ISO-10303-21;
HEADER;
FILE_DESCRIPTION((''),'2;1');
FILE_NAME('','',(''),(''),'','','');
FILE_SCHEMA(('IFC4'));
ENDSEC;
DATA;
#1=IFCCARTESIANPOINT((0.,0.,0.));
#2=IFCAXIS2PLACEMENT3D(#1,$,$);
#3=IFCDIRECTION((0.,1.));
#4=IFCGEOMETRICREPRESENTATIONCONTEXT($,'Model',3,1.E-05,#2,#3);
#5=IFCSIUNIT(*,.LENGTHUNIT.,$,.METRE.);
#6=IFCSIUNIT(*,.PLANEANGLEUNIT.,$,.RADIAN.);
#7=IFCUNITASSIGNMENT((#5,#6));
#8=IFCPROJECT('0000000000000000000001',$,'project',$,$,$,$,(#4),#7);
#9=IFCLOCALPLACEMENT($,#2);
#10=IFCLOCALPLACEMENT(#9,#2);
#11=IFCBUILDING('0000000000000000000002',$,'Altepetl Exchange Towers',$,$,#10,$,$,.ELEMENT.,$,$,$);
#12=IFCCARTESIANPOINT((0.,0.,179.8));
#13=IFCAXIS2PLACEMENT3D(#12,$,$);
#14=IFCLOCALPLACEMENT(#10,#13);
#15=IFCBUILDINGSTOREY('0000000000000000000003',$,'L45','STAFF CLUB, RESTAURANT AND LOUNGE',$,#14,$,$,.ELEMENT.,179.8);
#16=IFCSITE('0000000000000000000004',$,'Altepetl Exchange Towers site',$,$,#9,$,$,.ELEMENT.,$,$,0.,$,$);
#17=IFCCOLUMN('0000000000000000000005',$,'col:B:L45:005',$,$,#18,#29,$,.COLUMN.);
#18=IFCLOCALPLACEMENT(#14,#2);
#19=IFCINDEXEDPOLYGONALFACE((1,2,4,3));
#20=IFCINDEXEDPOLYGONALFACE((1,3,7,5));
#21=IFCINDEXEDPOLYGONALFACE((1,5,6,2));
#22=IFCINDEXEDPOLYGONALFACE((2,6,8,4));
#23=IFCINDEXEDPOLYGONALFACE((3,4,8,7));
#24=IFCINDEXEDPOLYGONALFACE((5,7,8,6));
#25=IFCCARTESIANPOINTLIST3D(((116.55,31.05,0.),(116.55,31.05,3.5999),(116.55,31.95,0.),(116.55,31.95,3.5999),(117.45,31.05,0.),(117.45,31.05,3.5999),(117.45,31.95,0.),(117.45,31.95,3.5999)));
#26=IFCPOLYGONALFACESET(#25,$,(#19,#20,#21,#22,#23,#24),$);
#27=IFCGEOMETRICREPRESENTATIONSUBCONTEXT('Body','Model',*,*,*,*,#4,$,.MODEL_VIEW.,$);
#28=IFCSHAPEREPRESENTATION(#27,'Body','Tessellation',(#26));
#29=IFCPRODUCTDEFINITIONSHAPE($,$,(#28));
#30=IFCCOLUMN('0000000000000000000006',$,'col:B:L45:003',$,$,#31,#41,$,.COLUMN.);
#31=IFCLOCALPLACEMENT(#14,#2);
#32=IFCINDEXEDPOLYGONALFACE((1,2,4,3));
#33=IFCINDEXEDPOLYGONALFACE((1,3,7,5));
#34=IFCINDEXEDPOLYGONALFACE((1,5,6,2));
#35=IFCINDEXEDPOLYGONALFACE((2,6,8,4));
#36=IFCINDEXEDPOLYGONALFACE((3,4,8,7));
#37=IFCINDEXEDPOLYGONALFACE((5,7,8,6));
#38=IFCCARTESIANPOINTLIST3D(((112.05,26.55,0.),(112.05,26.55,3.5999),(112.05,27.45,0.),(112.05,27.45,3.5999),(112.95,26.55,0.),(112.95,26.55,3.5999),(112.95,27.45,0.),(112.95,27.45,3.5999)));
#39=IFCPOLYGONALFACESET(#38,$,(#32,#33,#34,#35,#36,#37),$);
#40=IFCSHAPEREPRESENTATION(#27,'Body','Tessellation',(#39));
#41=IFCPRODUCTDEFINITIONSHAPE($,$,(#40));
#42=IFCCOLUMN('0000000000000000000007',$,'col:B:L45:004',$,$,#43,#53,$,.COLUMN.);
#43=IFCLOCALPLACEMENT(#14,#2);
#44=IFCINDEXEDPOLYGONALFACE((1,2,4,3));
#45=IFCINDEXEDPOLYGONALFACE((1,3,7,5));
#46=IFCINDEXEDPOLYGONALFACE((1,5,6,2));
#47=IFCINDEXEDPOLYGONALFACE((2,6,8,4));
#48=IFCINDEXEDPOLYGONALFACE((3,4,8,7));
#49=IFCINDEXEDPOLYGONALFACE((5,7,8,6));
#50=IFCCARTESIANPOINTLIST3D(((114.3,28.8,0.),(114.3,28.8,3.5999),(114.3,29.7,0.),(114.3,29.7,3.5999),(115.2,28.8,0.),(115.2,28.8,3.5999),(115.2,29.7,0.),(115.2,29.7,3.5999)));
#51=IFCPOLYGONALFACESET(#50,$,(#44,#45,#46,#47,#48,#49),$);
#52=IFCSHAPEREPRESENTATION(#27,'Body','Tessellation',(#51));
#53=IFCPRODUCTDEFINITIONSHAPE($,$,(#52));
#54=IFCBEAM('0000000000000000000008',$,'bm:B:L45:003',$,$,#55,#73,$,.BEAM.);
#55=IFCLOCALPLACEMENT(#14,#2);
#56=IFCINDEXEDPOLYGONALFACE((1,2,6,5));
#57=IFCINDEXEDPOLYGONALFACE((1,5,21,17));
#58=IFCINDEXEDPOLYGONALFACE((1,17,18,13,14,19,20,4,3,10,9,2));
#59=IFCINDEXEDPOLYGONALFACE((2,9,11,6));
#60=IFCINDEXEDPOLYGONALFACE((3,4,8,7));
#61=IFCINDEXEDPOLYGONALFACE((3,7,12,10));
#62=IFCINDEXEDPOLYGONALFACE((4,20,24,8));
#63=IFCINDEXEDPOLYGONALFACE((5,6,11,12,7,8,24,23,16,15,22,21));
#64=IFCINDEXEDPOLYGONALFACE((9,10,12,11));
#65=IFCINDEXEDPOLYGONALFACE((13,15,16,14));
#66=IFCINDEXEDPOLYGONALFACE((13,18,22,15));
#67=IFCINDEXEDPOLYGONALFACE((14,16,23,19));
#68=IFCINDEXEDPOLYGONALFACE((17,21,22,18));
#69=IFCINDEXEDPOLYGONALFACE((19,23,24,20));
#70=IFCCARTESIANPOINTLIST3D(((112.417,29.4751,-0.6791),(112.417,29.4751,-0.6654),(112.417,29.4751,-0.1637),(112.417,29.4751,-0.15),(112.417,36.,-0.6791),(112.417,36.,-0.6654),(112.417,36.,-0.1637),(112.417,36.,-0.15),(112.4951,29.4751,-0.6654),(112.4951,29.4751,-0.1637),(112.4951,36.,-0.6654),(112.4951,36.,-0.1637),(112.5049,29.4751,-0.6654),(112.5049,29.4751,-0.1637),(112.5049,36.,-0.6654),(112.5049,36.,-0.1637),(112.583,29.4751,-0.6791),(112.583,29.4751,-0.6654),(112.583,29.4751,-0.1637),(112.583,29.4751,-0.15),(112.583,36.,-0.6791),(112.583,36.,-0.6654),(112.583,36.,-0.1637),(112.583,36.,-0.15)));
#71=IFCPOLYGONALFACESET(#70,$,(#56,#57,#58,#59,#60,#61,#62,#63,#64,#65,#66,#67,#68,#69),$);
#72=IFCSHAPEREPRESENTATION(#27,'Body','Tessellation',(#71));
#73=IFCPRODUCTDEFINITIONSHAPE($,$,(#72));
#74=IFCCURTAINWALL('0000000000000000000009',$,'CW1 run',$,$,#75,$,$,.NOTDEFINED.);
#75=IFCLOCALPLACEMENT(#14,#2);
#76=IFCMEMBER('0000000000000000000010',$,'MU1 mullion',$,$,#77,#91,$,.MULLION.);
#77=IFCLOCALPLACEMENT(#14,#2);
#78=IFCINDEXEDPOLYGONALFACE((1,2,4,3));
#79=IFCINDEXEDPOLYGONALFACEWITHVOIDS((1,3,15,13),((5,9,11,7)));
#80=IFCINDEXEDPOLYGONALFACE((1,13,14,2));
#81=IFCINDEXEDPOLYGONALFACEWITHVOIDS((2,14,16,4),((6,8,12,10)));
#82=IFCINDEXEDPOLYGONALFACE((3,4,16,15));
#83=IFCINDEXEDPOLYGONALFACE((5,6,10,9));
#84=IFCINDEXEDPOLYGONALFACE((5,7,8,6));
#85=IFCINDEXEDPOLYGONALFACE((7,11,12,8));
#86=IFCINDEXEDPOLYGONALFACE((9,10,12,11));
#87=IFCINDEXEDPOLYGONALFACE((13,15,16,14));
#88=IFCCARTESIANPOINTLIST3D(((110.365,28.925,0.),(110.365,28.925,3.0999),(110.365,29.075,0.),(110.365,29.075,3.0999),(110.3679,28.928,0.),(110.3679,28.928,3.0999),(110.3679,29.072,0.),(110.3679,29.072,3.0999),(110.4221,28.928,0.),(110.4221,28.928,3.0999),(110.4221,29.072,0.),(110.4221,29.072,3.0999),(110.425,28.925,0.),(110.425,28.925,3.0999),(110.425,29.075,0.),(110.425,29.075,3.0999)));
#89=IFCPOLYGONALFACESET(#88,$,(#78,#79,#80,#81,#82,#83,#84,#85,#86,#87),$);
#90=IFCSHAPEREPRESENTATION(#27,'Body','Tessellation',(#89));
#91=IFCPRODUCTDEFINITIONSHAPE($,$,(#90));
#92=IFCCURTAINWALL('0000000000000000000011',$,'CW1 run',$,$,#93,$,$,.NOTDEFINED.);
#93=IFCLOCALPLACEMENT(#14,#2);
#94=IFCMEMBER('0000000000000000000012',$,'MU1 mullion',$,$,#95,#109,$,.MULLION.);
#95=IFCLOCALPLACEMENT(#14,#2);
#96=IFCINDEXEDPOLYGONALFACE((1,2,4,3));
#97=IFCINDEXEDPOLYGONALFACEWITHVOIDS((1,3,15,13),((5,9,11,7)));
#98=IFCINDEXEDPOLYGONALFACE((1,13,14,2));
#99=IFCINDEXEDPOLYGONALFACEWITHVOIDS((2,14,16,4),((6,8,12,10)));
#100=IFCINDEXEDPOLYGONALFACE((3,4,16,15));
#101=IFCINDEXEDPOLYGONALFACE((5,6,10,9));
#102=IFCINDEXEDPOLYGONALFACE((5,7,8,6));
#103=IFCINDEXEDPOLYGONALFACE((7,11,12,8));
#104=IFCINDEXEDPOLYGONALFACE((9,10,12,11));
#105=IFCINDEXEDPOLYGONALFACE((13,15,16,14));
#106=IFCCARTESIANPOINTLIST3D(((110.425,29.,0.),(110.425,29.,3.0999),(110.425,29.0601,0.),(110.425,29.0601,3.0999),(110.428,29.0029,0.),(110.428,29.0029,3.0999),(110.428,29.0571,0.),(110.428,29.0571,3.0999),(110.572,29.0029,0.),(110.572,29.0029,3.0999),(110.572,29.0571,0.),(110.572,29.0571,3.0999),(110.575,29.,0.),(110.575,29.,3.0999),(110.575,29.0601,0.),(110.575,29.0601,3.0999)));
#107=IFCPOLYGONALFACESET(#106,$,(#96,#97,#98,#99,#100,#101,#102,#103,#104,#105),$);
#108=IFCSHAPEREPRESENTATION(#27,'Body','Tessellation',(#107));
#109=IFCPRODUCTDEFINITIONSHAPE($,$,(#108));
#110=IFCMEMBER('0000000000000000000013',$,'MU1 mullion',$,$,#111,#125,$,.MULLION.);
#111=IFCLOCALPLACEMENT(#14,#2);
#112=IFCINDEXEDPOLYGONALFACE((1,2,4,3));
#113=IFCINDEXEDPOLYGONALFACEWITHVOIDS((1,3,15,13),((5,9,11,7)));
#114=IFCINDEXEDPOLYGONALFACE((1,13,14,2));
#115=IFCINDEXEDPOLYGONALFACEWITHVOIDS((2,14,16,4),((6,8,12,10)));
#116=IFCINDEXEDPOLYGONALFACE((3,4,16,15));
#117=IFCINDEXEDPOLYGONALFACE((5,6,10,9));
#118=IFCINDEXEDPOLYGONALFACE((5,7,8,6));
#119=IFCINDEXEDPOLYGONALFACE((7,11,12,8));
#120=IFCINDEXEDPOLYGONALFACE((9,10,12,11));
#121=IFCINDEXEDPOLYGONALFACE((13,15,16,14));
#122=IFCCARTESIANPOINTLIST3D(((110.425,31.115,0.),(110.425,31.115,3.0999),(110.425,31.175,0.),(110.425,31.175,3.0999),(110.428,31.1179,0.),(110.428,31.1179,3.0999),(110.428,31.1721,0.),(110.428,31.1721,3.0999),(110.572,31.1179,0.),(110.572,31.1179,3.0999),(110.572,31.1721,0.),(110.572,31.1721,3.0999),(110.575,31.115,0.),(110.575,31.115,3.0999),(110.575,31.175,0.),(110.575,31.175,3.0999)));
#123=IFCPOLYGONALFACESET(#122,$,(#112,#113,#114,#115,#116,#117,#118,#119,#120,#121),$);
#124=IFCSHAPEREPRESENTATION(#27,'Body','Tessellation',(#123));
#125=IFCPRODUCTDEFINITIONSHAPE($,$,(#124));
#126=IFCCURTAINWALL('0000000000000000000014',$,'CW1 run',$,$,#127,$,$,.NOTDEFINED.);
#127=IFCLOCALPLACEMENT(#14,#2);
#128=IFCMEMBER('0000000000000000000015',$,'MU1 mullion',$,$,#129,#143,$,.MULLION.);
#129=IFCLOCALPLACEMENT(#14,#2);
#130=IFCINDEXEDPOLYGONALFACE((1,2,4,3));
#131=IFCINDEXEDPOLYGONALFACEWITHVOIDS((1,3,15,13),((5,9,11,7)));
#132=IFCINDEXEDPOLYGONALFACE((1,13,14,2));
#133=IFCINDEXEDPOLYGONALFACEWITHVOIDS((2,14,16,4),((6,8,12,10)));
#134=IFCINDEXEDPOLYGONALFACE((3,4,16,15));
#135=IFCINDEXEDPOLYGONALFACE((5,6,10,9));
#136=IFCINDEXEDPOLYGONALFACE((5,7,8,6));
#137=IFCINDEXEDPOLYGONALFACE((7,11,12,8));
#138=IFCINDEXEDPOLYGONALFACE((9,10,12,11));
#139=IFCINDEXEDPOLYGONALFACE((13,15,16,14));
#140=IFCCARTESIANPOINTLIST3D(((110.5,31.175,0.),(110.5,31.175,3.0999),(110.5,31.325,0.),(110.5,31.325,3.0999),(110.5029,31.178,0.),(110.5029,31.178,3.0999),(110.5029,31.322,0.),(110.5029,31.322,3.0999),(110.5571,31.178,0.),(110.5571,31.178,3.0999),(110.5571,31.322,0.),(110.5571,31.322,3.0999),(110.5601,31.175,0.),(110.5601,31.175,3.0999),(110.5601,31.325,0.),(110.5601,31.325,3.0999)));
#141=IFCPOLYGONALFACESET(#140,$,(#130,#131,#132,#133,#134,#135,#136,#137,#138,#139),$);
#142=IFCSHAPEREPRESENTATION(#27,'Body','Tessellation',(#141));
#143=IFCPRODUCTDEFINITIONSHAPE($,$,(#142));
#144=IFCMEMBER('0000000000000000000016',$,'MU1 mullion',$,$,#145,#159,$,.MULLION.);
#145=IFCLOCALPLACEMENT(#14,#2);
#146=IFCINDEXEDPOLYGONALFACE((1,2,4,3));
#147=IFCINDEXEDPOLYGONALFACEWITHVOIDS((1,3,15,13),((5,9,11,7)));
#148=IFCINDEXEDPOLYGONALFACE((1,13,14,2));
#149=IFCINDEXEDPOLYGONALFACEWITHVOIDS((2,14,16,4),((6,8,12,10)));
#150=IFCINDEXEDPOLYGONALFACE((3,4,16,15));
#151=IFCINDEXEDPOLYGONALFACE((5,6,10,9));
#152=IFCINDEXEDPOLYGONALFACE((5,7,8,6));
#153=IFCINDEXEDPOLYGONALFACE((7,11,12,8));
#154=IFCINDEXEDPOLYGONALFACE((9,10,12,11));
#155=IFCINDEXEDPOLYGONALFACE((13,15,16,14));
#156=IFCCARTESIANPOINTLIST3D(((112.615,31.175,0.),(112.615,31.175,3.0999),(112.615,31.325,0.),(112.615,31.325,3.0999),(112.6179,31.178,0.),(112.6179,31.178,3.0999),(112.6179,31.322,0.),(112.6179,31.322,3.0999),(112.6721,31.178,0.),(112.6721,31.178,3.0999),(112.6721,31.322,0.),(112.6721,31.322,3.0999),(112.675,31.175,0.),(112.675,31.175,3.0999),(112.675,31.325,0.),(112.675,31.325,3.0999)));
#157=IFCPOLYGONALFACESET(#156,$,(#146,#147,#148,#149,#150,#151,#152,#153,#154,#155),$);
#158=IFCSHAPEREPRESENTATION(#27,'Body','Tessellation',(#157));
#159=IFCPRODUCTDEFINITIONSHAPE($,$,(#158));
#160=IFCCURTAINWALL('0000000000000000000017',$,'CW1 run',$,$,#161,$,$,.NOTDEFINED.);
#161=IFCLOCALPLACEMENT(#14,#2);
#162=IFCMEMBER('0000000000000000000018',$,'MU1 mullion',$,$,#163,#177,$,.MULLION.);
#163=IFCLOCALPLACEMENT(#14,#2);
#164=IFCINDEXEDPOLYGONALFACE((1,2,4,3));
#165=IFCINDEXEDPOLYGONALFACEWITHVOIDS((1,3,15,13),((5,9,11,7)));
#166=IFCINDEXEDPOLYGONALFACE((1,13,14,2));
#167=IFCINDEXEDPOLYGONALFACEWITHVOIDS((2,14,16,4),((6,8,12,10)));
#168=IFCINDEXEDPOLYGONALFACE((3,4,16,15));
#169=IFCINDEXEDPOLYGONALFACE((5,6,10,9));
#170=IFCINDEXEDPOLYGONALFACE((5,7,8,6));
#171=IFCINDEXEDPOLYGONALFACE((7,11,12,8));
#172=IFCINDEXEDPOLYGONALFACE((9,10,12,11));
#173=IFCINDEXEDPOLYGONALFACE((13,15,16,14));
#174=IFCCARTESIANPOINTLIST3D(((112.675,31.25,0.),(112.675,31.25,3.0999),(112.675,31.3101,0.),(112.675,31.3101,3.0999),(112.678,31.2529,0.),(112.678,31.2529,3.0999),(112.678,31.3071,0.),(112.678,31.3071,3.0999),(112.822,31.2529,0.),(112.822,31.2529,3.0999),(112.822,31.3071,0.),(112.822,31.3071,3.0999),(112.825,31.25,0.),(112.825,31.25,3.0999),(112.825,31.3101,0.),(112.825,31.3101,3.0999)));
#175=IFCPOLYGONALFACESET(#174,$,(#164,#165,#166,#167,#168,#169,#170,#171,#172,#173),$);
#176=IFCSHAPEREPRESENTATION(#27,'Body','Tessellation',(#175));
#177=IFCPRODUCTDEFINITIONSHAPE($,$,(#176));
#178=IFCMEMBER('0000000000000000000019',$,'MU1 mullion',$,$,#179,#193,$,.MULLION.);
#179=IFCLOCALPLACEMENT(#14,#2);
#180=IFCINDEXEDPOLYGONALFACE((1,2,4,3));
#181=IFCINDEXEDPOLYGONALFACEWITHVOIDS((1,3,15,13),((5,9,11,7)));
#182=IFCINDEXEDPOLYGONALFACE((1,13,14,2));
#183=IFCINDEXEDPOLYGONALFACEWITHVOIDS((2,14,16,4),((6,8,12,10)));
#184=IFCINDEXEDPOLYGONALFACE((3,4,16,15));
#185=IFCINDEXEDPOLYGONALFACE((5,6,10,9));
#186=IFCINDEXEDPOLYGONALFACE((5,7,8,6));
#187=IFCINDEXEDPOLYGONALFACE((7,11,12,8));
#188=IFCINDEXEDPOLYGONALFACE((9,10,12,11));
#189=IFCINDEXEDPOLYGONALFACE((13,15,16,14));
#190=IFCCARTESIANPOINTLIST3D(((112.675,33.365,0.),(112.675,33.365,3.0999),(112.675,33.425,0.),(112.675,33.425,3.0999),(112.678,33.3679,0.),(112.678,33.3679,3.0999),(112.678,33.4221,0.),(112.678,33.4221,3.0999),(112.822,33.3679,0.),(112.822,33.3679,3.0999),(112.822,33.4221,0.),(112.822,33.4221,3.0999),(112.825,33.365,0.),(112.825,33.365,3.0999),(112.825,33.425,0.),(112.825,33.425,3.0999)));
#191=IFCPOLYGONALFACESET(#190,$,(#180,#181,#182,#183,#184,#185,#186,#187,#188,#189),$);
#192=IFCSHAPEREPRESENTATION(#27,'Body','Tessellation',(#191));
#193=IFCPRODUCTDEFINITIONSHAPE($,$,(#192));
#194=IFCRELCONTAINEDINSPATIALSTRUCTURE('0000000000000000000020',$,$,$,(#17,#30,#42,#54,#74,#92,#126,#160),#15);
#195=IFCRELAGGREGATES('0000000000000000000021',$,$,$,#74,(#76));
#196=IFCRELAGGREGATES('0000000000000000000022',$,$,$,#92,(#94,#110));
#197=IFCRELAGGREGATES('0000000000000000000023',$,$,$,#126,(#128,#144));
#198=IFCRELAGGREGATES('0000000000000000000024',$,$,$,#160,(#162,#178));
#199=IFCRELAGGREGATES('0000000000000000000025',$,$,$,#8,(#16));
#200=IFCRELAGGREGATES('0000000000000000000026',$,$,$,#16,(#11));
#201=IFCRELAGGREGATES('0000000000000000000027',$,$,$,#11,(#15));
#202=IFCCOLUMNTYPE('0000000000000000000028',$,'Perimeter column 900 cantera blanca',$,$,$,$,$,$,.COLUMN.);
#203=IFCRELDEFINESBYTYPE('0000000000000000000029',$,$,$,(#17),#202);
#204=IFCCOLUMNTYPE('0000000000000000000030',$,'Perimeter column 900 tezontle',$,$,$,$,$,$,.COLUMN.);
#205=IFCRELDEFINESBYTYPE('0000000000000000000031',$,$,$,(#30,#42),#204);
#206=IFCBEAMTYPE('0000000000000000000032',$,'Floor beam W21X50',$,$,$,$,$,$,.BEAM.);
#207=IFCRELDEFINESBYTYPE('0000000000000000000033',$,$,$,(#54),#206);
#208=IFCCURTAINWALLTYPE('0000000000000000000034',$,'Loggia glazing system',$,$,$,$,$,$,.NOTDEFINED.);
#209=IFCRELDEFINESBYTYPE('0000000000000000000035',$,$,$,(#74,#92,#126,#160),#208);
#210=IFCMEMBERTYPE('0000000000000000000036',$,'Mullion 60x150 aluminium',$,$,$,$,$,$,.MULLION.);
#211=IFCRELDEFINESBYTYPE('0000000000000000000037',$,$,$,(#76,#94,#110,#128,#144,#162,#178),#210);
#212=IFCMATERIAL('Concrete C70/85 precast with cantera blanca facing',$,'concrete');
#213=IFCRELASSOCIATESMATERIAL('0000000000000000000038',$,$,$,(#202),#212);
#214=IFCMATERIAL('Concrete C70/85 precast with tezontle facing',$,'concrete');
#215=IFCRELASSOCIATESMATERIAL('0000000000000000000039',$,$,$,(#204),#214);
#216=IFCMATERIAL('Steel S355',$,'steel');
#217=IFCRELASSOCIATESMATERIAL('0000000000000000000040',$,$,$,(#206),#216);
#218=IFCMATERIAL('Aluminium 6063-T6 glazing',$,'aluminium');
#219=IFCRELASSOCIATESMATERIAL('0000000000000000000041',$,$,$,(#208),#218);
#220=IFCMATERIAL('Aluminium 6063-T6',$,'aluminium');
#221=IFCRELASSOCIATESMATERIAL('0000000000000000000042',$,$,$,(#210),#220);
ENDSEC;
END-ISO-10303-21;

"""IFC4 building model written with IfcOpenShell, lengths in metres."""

from ifc_helpers import new_model, si_unit, direction, frame, origin, origin_2d, place, context, subcontext, project, spatial, rectangle, hollow_rectangle, i_section, extrude, material, material_profile, profile_set, type_object, element, aggregate, save


model = new_model("IFC4")

# Units and contexts
model_context = context("Model", 3, precision=1e-05, world=origin(), true_north=direction((0.0, 1.0)))
body_context = subcontext(model_context, "Body", "Model", "MODEL_VIEW")
ifc_project = project(units=[si_unit("LENGTHUNIT", "METRE"), si_unit("PLANEANGLEUNIT", "RADIAN")], contexts=[model_context])

# Site, building, storey
site_placement = place(None, origin())
site = spatial("IfcSite", under=ifc_project, at=site_placement, Name="Altepetl Exchange Towers site", CompositionType="ELEMENT", RefElevation=0.0)
building_placement = place(site_placement, origin())
building = spatial("IfcBuilding", under=site, at=building_placement, Name="Altepetl Exchange Towers", CompositionType="ELEMENT")
storey_placement = place(building_placement, frame((0.0, 0.0, 179.8)))
storey = spatial("IfcBuildingStorey", under=building, at=storey_placement, Name="L45", Description="STAFF CLUB, RESTAURANT AND LOUNGE", CompositionType="ELEMENT", Elevation=179.8)

# Columns
ifc_material_1 = material(Name="Concrete C70/85 precast with cantera blanca facing", Category="concrete")
ifc_material_profile_1 = material_profile(ifc_material_1, rectangle(XDim=0.8999, YDim=0.8999, at=origin_2d()), Name="900 x 900")
ifc_profile_set_1 = profile_set([ifc_material_profile_1], Name="Concrete C70/85 precast with cantera blanca facing")
column_type_1 = type_object("IfcColumnType", Name="Perimeter column 900 cantera blanca", PredefinedType="COLUMN", material=ifc_profile_set_1)
column_placement = place(storey_placement, frame((117.0, 31.5, 0.0)))
element("IfcColumn", 1, at=column_placement, inside=storey, type_object=column_type_1, Name="col:B:L45:005", PredefinedType="COLUMN", context=body_context, shape_type="SweptSolid", body=[
    extrude(rectangle(XDim=0.8999, YDim=0.8999, at=origin_2d()), origin(), (0.0, 0.0, 1.0), 3.5999),
])
ifc_material_2 = material(Name="Concrete C70/85 precast with tezontle facing", Category="concrete")
ifc_material_profile_2 = material_profile(ifc_material_2, rectangle(XDim=0.8999, YDim=0.8999, at=origin_2d()), Name="900 x 900")
ifc_profile_set_2 = profile_set([ifc_material_profile_2], Name="Concrete C70/85 precast with tezontle facing")
column_type_2 = type_object("IfcColumnType", Name="Perimeter column 900 tezontle", PredefinedType="COLUMN", material=ifc_profile_set_2)
for number, where, name in (
    (2, (112.5, 27.0, 0.0), "col:B:L45:003"),
    (3, (114.75, 29.25, 0.0), "col:B:L45:004"),
):
    element("IfcColumn", number, at=place(storey_placement, frame(where)), inside=storey, type_object=column_type_2, Name=name, PredefinedType="COLUMN", context=body_context, shape_type="SweptSolid", body=[
        extrude(rectangle(XDim=0.8999, YDim=0.8999, at=origin_2d()), origin(), (0.0, 0.0, 1.0), 3.5999),
    ])

# Beam
ifc_material_3 = material(Name="Steel S355", Category="steel")
ifc_material_profile_3 = material_profile(ifc_material_3, i_section(OverallWidth=0.166, OverallDepth=0.5291, WebThickness=0.0098, FlangeThickness=0.0137, at=origin_2d()), Name="W21X50")
ifc_profile_set_3 = profile_set([ifc_material_profile_3], Name="Steel S355")
beam_type_1 = type_object("IfcBeamType", Name="Floor beam W21X50", PredefinedType="BEAM", material=ifc_profile_set_3)
beam_1_placement = place(storey_placement, frame((112.5, 29.4751, -0.4146), z_axis=(0.0, 1.0, 0.0), x_axis=(-1.0, 0.0, 0.0)))
element("IfcBeam", 4, at=beam_1_placement, inside=storey, type_object=beam_type_1, Name="bm:B:L45:003", PredefinedType="BEAM", context=body_context, shape_type="SweptSolid", body=[
    extrude(i_section(OverallWidth=0.166, OverallDepth=0.5291, WebThickness=0.0098, FlangeThickness=0.0137, at=origin_2d()), origin(), (0.0, 0.0, 1.0), 6.5249),
])

# Curtain wall, member
ifc_material_4 = material(Name="Aluminium 6063-T6 glazing", Category="aluminium")
curtain_wall_type = type_object("IfcCurtainWallType", Name="Loggia glazing system", PredefinedType="NOTDEFINED", material=ifc_material_4)
curtain_wall_1_placement = place(storey_placement, origin())
curtain_wall_1 = element("IfcCurtainWall", 5, at=curtain_wall_1_placement, inside=storey, type_object=curtain_wall_type, Name="CW1 run", PredefinedType="NOTDEFINED")
ifc_material_5 = material(Name="Aluminium 6063-T6", Category="aluminium")
ifc_material_profile_4 = material_profile(ifc_material_5, hollow_rectangle(XDim=0.0601, YDim=0.1499, WallThickness=0.0029, at=origin_2d()), Name="Mullion 60x150 aluminium")
ifc_profile_set_4 = profile_set([ifc_material_profile_4], Name="Aluminium 6063-T6")
member_type = type_object("IfcMemberType", Name="Mullion 60x150 aluminium", PredefinedType="MULLION", material=ifc_profile_set_4)
member_1_placement = place(storey_placement, frame((110.395, 29.0, 0.0)))
member_1 = element("IfcMember", 6, at=member_1_placement, type_object=member_type, Name="MU1 mullion", PredefinedType="MULLION", context=body_context, shape_type="SweptSolid", body=[
    extrude(hollow_rectangle(XDim=0.0601, YDim=0.1499, WallThickness=0.0029, at=origin_2d()), origin(), (0.0, 0.0, 1.0), 3.0999),
])

# Curtain walls, members
curtain_wall_2_placement = place(storey_placement, origin())
curtain_wall_2 = element("IfcCurtainWall", 7, at=curtain_wall_2_placement, inside=storey, type_object=curtain_wall_type, Name="CW1 run", PredefinedType="NOTDEFINED")
member_2_placement = place(storey_placement, frame((110.5, 29.03, 0.0), z_axis=(0.0, 0.0, 1.0), x_axis=(0.0, 1.0, 0.0)))
member_2 = element("IfcMember", 8, at=member_2_placement, type_object=member_type, Name="MU1 mullion", PredefinedType="MULLION", context=body_context, shape_type="SweptSolid", body=[
    extrude(hollow_rectangle(XDim=0.0601, YDim=0.1499, WallThickness=0.0029, at=origin_2d()), origin(), (0.0, 0.0, 1.0), 3.0999),
])
member_3_placement = place(storey_placement, frame((110.5, 31.145, 0.0), z_axis=(0.0, 0.0, 1.0), x_axis=(0.0, 1.0, 0.0)))
member_3 = element("IfcMember", 9, at=member_3_placement, type_object=member_type, Name="MU1 mullion", PredefinedType="MULLION", context=body_context, shape_type="SweptSolid", body=[
    extrude(hollow_rectangle(XDim=0.0601, YDim=0.1499, WallThickness=0.0029, at=origin_2d()), origin(), (0.0, 0.0, 1.0), 3.0999),
])
curtain_wall_3_placement = place(storey_placement, origin())
curtain_wall_3 = element("IfcCurtainWall", 10, at=curtain_wall_3_placement, inside=storey, type_object=curtain_wall_type, Name="CW1 run", PredefinedType="NOTDEFINED")
member_4_placement = place(storey_placement, frame((110.53, 31.25, 0.0)))
member_4 = element("IfcMember", 11, at=member_4_placement, type_object=member_type, Name="MU1 mullion", PredefinedType="MULLION", context=body_context, shape_type="SweptSolid", body=[
    extrude(hollow_rectangle(XDim=0.0601, YDim=0.1499, WallThickness=0.0029, at=origin_2d()), origin(), (0.0, 0.0, 1.0), 3.0999),
])
member_5_placement = place(storey_placement, frame((112.645, 31.25, 0.0)))
member_5 = element("IfcMember", 12, at=member_5_placement, type_object=member_type, Name="MU1 mullion", PredefinedType="MULLION", context=body_context, shape_type="SweptSolid", body=[
    extrude(hollow_rectangle(XDim=0.0601, YDim=0.1499, WallThickness=0.0029, at=origin_2d()), origin(), (0.0, 0.0, 1.0), 3.0999),
])
curtain_wall_4_placement = place(storey_placement, origin())
curtain_wall_4 = element("IfcCurtainWall", 13, at=curtain_wall_4_placement, inside=storey, type_object=curtain_wall_type, Name="CW1 run", PredefinedType="NOTDEFINED")
member_6_placement = place(storey_placement, frame((112.75, 31.28, 0.0), z_axis=(0.0, 0.0, 1.0), x_axis=(0.0, 1.0, 0.0)))
member_6 = element("IfcMember", 14, at=member_6_placement, type_object=member_type, Name="MU1 mullion", PredefinedType="MULLION", context=body_context, shape_type="SweptSolid", body=[
    extrude(hollow_rectangle(XDim=0.0601, YDim=0.1499, WallThickness=0.0029, at=origin_2d()), origin(), (0.0, 0.0, 1.0), 3.0999),
])
member_7_placement = place(storey_placement, frame((112.75, 33.395, 0.0), z_axis=(0.0, 0.0, 1.0), x_axis=(0.0, 1.0, 0.0)))
member_7 = element("IfcMember", 15, at=member_7_placement, type_object=member_type, Name="MU1 mullion", PredefinedType="MULLION", context=body_context, shape_type="SweptSolid", body=[
    extrude(hollow_rectangle(XDim=0.0601, YDim=0.1499, WallThickness=0.0029, at=origin_2d()), origin(), (0.0, 0.0, 1.0), 3.0999),
])

aggregate(curtain_wall_1, [member_1])
aggregate(curtain_wall_2, [member_2, member_3])
aggregate(curtain_wall_3, [member_4, member_5])
aggregate(curtain_wall_4, [member_6, member_7])

save(model, "model.ifc")
